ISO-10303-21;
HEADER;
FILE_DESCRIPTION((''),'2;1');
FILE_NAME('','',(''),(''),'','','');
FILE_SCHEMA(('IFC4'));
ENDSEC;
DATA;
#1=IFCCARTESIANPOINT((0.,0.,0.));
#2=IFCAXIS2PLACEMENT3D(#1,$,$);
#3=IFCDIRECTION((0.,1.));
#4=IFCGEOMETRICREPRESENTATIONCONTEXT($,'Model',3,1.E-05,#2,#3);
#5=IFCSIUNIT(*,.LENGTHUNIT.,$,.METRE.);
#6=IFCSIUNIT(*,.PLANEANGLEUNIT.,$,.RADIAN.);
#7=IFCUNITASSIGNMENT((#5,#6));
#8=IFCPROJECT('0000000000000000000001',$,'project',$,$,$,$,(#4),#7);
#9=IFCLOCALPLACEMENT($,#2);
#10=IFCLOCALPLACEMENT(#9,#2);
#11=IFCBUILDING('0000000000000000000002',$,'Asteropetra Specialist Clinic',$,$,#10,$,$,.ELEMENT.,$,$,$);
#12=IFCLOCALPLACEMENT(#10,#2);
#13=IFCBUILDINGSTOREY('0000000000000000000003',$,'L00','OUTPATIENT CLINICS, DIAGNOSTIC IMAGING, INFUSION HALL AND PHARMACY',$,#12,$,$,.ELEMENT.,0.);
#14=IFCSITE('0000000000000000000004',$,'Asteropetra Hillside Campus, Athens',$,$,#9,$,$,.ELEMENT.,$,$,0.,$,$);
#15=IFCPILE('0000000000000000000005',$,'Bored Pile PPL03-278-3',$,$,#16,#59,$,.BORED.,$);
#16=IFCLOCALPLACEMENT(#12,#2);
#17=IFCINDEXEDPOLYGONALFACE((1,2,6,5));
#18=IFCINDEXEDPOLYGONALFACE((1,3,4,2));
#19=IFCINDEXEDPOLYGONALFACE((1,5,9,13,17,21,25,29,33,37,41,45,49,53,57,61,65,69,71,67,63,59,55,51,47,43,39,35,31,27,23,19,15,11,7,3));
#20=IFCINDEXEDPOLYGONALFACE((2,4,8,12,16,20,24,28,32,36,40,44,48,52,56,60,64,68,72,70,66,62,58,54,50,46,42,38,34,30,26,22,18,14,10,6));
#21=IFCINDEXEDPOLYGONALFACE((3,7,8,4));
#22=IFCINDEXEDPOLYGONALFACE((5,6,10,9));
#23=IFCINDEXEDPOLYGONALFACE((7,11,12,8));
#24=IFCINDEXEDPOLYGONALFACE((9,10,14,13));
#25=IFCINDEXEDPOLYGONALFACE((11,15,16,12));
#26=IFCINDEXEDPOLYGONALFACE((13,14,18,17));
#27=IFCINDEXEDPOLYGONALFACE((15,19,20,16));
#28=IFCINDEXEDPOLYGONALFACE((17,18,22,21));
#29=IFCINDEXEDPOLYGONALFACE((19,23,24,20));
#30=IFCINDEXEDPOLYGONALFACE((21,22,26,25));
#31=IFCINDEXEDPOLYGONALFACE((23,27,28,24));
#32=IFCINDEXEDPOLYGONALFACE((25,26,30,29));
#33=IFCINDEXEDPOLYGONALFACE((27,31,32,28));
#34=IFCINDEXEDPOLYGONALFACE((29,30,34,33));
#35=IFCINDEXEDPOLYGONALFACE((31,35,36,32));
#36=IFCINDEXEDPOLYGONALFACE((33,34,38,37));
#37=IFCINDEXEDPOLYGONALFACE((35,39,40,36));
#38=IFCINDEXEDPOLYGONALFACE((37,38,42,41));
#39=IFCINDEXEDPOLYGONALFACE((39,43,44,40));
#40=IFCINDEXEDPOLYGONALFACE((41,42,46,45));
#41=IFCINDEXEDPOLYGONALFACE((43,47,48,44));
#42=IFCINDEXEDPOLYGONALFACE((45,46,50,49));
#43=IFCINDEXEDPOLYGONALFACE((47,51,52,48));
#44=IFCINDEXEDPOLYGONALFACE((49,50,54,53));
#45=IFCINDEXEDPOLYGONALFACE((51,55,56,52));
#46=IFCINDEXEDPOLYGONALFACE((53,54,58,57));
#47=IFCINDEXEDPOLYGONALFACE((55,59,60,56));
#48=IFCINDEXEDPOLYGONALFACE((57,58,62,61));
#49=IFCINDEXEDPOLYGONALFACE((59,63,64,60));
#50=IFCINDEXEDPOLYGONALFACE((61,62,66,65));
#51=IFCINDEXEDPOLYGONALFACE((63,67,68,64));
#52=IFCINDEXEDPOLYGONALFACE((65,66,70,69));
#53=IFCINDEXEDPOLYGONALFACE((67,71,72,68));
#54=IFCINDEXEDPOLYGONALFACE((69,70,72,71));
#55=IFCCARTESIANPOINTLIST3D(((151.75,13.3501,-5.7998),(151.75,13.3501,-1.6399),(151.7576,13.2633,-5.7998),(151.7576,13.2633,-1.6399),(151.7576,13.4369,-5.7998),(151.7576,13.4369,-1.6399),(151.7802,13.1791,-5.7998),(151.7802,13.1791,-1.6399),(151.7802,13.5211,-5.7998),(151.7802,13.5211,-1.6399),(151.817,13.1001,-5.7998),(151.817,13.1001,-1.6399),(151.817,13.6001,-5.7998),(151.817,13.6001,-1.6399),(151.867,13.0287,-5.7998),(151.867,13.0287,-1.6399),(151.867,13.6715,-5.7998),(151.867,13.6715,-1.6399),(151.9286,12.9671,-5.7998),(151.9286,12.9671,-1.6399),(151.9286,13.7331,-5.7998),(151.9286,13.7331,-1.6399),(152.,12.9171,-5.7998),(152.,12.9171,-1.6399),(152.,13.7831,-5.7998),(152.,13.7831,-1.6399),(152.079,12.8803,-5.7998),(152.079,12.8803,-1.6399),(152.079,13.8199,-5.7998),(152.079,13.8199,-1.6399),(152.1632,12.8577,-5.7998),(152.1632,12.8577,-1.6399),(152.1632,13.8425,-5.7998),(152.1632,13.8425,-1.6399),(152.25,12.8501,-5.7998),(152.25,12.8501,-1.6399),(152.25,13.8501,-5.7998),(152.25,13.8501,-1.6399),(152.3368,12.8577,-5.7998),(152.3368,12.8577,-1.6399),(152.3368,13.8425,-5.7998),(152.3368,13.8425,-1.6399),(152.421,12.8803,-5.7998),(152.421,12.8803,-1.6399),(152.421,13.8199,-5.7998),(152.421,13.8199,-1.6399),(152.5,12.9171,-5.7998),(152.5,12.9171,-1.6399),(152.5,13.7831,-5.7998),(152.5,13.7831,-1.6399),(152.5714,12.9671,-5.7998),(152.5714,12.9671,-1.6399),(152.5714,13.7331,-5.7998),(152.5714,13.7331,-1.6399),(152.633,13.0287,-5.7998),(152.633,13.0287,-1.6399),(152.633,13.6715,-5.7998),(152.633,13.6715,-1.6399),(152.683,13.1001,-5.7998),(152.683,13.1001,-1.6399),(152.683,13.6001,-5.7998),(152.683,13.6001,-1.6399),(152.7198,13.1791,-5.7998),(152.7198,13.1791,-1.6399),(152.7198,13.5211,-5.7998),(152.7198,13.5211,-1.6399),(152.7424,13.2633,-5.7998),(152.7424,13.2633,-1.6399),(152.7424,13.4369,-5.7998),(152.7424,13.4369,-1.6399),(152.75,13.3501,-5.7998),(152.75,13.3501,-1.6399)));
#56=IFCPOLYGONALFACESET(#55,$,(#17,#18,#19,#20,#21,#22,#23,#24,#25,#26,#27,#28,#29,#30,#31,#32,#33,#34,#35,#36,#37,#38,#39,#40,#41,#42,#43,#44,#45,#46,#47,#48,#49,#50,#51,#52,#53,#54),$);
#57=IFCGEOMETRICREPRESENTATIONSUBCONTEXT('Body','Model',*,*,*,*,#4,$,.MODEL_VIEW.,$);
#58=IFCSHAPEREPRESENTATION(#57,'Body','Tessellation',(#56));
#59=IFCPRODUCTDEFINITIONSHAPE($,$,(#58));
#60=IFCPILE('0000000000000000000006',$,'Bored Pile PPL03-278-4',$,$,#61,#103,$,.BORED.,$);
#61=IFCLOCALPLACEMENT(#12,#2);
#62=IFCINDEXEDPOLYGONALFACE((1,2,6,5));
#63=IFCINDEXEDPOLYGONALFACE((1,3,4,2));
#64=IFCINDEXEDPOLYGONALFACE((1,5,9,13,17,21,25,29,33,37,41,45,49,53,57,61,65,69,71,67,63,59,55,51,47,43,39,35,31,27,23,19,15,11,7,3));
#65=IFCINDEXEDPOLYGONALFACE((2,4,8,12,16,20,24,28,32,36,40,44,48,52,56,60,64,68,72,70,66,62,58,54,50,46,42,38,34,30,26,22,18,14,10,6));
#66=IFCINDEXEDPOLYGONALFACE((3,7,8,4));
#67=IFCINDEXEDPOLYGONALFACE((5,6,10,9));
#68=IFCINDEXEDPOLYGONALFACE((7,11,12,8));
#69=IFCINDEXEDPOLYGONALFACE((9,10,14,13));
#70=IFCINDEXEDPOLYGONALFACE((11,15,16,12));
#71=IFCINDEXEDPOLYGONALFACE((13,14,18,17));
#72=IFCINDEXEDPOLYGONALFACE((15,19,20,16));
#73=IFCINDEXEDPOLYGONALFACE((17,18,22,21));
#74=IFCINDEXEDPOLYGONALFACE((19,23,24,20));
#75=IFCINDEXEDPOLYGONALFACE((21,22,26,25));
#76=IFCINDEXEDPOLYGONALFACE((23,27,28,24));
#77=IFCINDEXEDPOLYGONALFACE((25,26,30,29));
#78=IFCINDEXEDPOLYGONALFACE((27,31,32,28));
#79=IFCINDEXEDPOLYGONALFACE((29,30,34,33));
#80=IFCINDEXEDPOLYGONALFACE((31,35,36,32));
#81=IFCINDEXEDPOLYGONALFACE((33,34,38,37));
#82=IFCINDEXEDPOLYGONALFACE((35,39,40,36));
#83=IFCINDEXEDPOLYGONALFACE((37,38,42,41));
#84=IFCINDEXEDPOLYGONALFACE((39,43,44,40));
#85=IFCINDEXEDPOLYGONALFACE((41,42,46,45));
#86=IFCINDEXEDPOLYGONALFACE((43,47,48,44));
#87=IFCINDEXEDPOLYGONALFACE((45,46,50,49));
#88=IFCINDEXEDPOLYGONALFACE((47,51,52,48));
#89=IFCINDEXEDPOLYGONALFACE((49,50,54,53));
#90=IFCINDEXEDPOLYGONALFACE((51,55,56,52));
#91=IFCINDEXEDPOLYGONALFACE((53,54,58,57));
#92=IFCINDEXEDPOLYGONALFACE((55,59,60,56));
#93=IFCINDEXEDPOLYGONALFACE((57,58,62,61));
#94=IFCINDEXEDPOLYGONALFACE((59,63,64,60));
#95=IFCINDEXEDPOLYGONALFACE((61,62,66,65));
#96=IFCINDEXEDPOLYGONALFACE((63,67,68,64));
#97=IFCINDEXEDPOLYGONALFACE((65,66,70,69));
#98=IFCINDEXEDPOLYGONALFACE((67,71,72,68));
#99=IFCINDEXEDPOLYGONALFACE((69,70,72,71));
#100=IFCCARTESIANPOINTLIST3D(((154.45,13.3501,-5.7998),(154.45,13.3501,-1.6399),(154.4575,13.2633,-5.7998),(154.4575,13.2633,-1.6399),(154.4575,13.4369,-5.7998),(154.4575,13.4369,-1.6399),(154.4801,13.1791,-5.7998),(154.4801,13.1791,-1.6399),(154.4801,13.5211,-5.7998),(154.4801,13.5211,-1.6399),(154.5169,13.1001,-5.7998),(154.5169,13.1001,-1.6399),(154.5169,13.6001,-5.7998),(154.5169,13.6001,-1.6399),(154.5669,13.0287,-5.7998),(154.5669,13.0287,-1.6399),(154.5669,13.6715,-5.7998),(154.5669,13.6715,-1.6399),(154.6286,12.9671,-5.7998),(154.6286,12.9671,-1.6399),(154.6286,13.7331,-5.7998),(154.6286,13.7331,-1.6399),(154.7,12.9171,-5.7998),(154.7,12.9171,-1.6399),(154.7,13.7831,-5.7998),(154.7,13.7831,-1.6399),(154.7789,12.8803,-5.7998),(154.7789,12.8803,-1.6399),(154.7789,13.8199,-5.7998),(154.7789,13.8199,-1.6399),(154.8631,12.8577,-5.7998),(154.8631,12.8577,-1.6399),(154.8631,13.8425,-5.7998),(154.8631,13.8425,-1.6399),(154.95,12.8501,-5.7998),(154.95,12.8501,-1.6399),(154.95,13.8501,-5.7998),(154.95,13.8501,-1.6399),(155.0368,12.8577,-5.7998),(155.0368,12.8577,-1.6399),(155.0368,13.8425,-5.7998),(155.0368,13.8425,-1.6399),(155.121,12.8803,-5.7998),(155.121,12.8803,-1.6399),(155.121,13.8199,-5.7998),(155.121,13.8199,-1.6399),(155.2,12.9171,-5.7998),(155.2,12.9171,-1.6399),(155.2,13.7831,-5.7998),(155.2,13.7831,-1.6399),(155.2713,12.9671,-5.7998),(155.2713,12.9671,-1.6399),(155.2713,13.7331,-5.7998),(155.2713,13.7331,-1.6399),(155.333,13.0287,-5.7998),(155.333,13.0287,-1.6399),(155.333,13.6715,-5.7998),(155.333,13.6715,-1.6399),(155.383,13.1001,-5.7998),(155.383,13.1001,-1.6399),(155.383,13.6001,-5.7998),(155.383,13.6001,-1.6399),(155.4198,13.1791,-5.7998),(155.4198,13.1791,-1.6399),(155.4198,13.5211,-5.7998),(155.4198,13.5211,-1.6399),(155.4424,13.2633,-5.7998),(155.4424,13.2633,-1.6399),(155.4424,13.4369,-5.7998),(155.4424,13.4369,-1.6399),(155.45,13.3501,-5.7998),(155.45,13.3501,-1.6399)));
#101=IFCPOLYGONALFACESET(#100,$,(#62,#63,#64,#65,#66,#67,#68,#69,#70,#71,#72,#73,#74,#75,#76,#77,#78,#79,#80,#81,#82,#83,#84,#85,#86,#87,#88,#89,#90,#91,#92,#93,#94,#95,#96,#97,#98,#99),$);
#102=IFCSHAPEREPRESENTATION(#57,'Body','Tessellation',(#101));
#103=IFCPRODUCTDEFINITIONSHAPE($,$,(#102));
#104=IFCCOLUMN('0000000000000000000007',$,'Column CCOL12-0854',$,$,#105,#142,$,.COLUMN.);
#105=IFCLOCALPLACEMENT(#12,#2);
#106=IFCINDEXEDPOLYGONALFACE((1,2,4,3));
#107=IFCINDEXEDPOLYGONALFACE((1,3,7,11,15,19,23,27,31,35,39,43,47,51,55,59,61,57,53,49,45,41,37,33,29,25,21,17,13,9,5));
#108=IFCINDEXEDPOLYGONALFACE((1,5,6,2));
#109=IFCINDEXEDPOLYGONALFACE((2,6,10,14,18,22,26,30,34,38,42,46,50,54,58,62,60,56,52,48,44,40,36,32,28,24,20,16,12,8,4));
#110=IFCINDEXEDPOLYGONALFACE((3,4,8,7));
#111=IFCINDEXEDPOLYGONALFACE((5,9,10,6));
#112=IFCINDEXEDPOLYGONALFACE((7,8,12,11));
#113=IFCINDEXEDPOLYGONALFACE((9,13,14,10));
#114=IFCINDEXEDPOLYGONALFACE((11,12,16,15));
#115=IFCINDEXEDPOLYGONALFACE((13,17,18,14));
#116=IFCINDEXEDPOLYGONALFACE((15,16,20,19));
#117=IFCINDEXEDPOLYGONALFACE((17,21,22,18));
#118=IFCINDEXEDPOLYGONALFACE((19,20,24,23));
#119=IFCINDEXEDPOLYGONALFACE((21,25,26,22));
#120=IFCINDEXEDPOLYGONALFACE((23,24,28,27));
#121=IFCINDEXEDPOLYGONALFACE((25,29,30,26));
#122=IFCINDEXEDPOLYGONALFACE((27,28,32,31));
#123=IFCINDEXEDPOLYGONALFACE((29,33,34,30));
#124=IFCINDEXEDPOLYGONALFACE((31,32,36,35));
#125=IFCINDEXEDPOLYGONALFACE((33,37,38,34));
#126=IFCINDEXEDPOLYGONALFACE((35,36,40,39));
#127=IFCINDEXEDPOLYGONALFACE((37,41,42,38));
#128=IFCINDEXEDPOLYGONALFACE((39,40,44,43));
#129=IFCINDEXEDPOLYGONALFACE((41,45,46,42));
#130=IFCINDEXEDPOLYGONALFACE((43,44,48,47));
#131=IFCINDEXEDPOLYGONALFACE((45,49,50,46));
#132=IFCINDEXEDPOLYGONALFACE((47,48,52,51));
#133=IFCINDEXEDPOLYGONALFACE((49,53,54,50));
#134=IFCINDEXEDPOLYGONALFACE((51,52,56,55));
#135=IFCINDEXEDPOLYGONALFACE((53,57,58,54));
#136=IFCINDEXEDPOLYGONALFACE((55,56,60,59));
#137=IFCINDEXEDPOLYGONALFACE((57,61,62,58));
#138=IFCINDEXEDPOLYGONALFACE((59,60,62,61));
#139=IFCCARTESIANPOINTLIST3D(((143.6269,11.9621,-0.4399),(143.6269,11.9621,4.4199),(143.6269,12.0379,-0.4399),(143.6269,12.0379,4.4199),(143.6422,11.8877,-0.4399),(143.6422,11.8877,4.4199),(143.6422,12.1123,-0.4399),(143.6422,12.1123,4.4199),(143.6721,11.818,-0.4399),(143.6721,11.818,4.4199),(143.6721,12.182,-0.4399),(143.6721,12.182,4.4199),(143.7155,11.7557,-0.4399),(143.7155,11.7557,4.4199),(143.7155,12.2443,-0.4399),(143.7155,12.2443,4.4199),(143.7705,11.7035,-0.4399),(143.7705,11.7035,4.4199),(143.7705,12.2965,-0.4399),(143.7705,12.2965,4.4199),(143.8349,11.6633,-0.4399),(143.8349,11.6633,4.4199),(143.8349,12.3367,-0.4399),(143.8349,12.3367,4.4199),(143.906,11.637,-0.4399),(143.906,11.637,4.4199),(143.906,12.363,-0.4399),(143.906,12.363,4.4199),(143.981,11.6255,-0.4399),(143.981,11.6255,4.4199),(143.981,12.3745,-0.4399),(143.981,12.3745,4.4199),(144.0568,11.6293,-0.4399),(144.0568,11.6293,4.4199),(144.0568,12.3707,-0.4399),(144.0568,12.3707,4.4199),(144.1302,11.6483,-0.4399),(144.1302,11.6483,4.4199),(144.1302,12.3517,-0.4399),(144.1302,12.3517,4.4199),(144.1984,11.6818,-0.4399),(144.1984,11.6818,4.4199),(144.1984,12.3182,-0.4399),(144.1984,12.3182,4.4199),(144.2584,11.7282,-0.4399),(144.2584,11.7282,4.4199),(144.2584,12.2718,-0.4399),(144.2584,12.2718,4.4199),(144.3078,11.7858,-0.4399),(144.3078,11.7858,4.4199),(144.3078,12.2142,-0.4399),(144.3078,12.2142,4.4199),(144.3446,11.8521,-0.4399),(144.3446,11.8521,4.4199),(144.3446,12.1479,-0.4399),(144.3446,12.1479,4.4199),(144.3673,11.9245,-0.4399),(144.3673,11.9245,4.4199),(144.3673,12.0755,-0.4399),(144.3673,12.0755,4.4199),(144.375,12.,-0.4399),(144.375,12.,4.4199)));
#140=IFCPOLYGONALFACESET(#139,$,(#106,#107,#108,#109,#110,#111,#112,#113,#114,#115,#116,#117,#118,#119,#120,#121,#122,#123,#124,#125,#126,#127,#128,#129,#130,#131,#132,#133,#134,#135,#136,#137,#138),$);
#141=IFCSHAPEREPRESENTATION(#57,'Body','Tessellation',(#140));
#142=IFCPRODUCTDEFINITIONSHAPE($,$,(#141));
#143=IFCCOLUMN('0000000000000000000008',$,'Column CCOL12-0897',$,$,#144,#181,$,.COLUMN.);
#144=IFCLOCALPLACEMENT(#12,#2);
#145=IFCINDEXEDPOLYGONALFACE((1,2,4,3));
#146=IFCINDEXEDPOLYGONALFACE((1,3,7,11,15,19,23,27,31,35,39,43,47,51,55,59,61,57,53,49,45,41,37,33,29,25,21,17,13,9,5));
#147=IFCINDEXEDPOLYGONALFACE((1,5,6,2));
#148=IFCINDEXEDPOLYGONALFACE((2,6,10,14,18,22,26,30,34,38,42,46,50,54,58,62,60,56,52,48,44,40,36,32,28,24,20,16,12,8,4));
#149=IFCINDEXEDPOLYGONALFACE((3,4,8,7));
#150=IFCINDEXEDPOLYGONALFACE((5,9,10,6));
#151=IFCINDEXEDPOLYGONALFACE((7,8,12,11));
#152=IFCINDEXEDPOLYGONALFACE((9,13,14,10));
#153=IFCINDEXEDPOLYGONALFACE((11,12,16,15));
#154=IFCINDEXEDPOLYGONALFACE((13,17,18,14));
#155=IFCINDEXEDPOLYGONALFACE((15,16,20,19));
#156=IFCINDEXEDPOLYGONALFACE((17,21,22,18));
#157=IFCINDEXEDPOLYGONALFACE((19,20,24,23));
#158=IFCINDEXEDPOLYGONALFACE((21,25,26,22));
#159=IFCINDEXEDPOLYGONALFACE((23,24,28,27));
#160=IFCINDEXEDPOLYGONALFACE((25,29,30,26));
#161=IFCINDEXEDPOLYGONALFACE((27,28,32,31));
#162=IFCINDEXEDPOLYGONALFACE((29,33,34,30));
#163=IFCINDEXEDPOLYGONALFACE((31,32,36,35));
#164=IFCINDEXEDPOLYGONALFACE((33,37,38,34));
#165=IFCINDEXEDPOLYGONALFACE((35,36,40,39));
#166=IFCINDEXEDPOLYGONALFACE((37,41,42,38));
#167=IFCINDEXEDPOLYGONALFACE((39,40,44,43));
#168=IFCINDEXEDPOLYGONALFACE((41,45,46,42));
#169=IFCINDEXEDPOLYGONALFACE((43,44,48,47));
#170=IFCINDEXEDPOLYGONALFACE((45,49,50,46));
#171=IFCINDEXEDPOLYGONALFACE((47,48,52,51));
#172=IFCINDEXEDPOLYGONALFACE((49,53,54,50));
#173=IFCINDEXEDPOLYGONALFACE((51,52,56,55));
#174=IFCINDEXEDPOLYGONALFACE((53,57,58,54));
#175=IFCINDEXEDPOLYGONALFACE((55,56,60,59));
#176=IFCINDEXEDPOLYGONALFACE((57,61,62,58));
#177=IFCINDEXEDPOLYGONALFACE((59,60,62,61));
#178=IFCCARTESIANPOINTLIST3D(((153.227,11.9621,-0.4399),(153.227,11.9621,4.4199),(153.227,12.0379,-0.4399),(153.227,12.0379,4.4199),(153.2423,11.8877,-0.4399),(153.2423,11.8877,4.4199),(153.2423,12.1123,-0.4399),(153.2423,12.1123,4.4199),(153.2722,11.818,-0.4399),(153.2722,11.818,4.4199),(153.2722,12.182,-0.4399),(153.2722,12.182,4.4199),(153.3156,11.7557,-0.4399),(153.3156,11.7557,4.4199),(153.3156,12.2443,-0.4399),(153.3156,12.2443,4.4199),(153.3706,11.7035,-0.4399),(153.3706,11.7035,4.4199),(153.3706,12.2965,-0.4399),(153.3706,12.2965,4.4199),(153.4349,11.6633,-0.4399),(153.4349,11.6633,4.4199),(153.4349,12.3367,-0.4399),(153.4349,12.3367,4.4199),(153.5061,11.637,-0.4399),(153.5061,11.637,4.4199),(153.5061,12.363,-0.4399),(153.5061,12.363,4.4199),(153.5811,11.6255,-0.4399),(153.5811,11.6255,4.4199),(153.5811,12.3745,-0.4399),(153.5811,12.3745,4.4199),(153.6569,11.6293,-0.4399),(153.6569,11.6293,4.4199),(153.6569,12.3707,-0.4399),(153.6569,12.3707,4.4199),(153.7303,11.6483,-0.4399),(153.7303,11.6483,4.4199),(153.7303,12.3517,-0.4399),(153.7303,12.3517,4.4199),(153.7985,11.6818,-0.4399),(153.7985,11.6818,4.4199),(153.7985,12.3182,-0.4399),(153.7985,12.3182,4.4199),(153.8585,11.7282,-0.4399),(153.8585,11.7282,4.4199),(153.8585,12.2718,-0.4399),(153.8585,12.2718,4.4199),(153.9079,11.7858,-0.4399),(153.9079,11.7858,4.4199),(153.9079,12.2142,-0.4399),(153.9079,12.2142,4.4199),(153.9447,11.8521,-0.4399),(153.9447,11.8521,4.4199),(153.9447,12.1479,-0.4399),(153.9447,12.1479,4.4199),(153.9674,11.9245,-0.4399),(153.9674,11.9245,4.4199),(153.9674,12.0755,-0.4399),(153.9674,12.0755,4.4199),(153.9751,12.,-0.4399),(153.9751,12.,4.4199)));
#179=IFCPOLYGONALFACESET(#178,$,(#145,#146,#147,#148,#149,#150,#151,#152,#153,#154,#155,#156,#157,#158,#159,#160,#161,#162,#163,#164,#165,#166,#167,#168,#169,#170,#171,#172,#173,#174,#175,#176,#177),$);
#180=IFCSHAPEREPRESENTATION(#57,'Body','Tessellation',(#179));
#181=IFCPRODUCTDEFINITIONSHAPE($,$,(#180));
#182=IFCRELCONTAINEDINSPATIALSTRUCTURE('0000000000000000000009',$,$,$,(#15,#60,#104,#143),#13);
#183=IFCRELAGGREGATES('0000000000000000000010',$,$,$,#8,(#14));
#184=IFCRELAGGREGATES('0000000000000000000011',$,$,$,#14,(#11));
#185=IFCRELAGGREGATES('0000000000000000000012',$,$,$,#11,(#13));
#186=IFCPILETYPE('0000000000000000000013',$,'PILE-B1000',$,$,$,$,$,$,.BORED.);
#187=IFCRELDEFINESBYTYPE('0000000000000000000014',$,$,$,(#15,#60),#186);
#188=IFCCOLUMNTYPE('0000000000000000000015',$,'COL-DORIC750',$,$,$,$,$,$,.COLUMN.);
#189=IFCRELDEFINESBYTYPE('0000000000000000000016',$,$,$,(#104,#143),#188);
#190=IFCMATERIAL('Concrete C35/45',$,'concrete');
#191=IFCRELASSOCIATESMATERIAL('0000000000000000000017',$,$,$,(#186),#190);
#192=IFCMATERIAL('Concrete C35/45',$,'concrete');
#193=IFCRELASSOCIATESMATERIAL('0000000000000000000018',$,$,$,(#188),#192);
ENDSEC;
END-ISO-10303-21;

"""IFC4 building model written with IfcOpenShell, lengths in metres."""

from ifc_helpers import new_model, si_unit, direction, frame, origin, origin_2d, place, context, subcontext, project, spatial, circle, extrude, material, material_profile, profile_set, type_object, element, save


model = new_model("IFC4")

# Units and contexts
model_context = context("Model", 3, precision=1e-05, world=origin(), true_north=direction((0.0, 1.0)))
body_context = subcontext(model_context, "Body", "Model", "MODEL_VIEW")
ifc_project = project(units=[si_unit("LENGTHUNIT", "METRE"), si_unit("PLANEANGLEUNIT", "RADIAN")], contexts=[model_context])

# Site, building, storey
site_placement = place(None, origin())
site = spatial("IfcSite", under=ifc_project, at=site_placement, Name="Asteropetra Hillside Campus, Athens", CompositionType="ELEMENT", RefElevation=0.0)
building_placement = place(site_placement, origin())
building = spatial("IfcBuilding", under=site, at=building_placement, Name="Asteropetra Specialist Clinic", CompositionType="ELEMENT")
storey_placement = place(building_placement, origin())
storey = spatial("IfcBuildingStorey", under=building, at=storey_placement, Name="L00", Description="OUTPATIENT CLINICS, DIAGNOSTIC IMAGING, INFUSION HALL AND PHARMACY", CompositionType="ELEMENT", Elevation=0.0)

# Piles
ifc_material_1 = material(Name="Concrete C35/45", Category="concrete")
ifc_material_profile_1 = material_profile(ifc_material_1, circle(Radius=0.5, at=origin_2d()), Name="PILE D1000")
ifc_profile_set_1 = profile_set([ifc_material_profile_1], Name="Concrete C35/45")
pile_type = type_object("IfcPileType", Name="PILE-B1000", PredefinedType="BORED", material=ifc_profile_set_1)
for number, where, z_axis, x_axis, name in (
    (1, (152.25, 13.3501, -1.6399), (0.0, 0.0, -1.0), (1.0, 0.0, 0.0), "Bored Pile PPL03-278-3"),
    (2, (154.95, 13.3501, -1.6399), (0.0, 0.0, -1.0), (1.0, 0.0, 0.0), "Bored Pile PPL03-278-4"),
):
    element("IfcPile", number, at=place(storey_placement, frame(where, z_axis=z_axis, x_axis=x_axis)), inside=storey, type_object=pile_type, Name=name, PredefinedType="BORED", context=body_context, shape_type="SweptSolid", body=[
        extrude(circle(Radius=0.5, at=origin_2d()), origin(), (0.0, 0.0, 1.0), 4.1599),
    ])

# Columns
ifc_material_2 = material(Name="Concrete C35/45", Category="concrete")
ifc_material_profile_2 = material_profile(ifc_material_2, circle(Radius=0.375, at=origin_2d()), Name="RCC D750")
ifc_profile_set_2 = profile_set([ifc_material_profile_2], Name="Concrete C35/45")
column_type = type_object("IfcColumnType", Name="COL-DORIC750", PredefinedType="COLUMN", material=ifc_profile_set_2)
for number, where, z_axis, x_axis, name in (
    (3, (144.0, 12.0, -0.4399), (0.0, 0.0, 1.0), (1.0, 0.0, 0.0), "Column CCOL12-0854"),
    (4, (153.6001, 12.0, -0.4399), (0.0, 0.0, 1.0), (1.0, 0.0, 0.0), "Column CCOL12-0897"),
):
    element("IfcColumn", number, at=place(storey_placement, frame(where, z_axis=z_axis, x_axis=x_axis)), inside=storey, type_object=column_type, Name=name, PredefinedType="COLUMN", context=body_context, shape_type="SweptSolid", body=[
        extrude(circle(Radius=0.375, at=origin_2d()), origin(), (0.0, 0.0, 1.0), 4.8599),
    ])

save(model, "model.ifc")
